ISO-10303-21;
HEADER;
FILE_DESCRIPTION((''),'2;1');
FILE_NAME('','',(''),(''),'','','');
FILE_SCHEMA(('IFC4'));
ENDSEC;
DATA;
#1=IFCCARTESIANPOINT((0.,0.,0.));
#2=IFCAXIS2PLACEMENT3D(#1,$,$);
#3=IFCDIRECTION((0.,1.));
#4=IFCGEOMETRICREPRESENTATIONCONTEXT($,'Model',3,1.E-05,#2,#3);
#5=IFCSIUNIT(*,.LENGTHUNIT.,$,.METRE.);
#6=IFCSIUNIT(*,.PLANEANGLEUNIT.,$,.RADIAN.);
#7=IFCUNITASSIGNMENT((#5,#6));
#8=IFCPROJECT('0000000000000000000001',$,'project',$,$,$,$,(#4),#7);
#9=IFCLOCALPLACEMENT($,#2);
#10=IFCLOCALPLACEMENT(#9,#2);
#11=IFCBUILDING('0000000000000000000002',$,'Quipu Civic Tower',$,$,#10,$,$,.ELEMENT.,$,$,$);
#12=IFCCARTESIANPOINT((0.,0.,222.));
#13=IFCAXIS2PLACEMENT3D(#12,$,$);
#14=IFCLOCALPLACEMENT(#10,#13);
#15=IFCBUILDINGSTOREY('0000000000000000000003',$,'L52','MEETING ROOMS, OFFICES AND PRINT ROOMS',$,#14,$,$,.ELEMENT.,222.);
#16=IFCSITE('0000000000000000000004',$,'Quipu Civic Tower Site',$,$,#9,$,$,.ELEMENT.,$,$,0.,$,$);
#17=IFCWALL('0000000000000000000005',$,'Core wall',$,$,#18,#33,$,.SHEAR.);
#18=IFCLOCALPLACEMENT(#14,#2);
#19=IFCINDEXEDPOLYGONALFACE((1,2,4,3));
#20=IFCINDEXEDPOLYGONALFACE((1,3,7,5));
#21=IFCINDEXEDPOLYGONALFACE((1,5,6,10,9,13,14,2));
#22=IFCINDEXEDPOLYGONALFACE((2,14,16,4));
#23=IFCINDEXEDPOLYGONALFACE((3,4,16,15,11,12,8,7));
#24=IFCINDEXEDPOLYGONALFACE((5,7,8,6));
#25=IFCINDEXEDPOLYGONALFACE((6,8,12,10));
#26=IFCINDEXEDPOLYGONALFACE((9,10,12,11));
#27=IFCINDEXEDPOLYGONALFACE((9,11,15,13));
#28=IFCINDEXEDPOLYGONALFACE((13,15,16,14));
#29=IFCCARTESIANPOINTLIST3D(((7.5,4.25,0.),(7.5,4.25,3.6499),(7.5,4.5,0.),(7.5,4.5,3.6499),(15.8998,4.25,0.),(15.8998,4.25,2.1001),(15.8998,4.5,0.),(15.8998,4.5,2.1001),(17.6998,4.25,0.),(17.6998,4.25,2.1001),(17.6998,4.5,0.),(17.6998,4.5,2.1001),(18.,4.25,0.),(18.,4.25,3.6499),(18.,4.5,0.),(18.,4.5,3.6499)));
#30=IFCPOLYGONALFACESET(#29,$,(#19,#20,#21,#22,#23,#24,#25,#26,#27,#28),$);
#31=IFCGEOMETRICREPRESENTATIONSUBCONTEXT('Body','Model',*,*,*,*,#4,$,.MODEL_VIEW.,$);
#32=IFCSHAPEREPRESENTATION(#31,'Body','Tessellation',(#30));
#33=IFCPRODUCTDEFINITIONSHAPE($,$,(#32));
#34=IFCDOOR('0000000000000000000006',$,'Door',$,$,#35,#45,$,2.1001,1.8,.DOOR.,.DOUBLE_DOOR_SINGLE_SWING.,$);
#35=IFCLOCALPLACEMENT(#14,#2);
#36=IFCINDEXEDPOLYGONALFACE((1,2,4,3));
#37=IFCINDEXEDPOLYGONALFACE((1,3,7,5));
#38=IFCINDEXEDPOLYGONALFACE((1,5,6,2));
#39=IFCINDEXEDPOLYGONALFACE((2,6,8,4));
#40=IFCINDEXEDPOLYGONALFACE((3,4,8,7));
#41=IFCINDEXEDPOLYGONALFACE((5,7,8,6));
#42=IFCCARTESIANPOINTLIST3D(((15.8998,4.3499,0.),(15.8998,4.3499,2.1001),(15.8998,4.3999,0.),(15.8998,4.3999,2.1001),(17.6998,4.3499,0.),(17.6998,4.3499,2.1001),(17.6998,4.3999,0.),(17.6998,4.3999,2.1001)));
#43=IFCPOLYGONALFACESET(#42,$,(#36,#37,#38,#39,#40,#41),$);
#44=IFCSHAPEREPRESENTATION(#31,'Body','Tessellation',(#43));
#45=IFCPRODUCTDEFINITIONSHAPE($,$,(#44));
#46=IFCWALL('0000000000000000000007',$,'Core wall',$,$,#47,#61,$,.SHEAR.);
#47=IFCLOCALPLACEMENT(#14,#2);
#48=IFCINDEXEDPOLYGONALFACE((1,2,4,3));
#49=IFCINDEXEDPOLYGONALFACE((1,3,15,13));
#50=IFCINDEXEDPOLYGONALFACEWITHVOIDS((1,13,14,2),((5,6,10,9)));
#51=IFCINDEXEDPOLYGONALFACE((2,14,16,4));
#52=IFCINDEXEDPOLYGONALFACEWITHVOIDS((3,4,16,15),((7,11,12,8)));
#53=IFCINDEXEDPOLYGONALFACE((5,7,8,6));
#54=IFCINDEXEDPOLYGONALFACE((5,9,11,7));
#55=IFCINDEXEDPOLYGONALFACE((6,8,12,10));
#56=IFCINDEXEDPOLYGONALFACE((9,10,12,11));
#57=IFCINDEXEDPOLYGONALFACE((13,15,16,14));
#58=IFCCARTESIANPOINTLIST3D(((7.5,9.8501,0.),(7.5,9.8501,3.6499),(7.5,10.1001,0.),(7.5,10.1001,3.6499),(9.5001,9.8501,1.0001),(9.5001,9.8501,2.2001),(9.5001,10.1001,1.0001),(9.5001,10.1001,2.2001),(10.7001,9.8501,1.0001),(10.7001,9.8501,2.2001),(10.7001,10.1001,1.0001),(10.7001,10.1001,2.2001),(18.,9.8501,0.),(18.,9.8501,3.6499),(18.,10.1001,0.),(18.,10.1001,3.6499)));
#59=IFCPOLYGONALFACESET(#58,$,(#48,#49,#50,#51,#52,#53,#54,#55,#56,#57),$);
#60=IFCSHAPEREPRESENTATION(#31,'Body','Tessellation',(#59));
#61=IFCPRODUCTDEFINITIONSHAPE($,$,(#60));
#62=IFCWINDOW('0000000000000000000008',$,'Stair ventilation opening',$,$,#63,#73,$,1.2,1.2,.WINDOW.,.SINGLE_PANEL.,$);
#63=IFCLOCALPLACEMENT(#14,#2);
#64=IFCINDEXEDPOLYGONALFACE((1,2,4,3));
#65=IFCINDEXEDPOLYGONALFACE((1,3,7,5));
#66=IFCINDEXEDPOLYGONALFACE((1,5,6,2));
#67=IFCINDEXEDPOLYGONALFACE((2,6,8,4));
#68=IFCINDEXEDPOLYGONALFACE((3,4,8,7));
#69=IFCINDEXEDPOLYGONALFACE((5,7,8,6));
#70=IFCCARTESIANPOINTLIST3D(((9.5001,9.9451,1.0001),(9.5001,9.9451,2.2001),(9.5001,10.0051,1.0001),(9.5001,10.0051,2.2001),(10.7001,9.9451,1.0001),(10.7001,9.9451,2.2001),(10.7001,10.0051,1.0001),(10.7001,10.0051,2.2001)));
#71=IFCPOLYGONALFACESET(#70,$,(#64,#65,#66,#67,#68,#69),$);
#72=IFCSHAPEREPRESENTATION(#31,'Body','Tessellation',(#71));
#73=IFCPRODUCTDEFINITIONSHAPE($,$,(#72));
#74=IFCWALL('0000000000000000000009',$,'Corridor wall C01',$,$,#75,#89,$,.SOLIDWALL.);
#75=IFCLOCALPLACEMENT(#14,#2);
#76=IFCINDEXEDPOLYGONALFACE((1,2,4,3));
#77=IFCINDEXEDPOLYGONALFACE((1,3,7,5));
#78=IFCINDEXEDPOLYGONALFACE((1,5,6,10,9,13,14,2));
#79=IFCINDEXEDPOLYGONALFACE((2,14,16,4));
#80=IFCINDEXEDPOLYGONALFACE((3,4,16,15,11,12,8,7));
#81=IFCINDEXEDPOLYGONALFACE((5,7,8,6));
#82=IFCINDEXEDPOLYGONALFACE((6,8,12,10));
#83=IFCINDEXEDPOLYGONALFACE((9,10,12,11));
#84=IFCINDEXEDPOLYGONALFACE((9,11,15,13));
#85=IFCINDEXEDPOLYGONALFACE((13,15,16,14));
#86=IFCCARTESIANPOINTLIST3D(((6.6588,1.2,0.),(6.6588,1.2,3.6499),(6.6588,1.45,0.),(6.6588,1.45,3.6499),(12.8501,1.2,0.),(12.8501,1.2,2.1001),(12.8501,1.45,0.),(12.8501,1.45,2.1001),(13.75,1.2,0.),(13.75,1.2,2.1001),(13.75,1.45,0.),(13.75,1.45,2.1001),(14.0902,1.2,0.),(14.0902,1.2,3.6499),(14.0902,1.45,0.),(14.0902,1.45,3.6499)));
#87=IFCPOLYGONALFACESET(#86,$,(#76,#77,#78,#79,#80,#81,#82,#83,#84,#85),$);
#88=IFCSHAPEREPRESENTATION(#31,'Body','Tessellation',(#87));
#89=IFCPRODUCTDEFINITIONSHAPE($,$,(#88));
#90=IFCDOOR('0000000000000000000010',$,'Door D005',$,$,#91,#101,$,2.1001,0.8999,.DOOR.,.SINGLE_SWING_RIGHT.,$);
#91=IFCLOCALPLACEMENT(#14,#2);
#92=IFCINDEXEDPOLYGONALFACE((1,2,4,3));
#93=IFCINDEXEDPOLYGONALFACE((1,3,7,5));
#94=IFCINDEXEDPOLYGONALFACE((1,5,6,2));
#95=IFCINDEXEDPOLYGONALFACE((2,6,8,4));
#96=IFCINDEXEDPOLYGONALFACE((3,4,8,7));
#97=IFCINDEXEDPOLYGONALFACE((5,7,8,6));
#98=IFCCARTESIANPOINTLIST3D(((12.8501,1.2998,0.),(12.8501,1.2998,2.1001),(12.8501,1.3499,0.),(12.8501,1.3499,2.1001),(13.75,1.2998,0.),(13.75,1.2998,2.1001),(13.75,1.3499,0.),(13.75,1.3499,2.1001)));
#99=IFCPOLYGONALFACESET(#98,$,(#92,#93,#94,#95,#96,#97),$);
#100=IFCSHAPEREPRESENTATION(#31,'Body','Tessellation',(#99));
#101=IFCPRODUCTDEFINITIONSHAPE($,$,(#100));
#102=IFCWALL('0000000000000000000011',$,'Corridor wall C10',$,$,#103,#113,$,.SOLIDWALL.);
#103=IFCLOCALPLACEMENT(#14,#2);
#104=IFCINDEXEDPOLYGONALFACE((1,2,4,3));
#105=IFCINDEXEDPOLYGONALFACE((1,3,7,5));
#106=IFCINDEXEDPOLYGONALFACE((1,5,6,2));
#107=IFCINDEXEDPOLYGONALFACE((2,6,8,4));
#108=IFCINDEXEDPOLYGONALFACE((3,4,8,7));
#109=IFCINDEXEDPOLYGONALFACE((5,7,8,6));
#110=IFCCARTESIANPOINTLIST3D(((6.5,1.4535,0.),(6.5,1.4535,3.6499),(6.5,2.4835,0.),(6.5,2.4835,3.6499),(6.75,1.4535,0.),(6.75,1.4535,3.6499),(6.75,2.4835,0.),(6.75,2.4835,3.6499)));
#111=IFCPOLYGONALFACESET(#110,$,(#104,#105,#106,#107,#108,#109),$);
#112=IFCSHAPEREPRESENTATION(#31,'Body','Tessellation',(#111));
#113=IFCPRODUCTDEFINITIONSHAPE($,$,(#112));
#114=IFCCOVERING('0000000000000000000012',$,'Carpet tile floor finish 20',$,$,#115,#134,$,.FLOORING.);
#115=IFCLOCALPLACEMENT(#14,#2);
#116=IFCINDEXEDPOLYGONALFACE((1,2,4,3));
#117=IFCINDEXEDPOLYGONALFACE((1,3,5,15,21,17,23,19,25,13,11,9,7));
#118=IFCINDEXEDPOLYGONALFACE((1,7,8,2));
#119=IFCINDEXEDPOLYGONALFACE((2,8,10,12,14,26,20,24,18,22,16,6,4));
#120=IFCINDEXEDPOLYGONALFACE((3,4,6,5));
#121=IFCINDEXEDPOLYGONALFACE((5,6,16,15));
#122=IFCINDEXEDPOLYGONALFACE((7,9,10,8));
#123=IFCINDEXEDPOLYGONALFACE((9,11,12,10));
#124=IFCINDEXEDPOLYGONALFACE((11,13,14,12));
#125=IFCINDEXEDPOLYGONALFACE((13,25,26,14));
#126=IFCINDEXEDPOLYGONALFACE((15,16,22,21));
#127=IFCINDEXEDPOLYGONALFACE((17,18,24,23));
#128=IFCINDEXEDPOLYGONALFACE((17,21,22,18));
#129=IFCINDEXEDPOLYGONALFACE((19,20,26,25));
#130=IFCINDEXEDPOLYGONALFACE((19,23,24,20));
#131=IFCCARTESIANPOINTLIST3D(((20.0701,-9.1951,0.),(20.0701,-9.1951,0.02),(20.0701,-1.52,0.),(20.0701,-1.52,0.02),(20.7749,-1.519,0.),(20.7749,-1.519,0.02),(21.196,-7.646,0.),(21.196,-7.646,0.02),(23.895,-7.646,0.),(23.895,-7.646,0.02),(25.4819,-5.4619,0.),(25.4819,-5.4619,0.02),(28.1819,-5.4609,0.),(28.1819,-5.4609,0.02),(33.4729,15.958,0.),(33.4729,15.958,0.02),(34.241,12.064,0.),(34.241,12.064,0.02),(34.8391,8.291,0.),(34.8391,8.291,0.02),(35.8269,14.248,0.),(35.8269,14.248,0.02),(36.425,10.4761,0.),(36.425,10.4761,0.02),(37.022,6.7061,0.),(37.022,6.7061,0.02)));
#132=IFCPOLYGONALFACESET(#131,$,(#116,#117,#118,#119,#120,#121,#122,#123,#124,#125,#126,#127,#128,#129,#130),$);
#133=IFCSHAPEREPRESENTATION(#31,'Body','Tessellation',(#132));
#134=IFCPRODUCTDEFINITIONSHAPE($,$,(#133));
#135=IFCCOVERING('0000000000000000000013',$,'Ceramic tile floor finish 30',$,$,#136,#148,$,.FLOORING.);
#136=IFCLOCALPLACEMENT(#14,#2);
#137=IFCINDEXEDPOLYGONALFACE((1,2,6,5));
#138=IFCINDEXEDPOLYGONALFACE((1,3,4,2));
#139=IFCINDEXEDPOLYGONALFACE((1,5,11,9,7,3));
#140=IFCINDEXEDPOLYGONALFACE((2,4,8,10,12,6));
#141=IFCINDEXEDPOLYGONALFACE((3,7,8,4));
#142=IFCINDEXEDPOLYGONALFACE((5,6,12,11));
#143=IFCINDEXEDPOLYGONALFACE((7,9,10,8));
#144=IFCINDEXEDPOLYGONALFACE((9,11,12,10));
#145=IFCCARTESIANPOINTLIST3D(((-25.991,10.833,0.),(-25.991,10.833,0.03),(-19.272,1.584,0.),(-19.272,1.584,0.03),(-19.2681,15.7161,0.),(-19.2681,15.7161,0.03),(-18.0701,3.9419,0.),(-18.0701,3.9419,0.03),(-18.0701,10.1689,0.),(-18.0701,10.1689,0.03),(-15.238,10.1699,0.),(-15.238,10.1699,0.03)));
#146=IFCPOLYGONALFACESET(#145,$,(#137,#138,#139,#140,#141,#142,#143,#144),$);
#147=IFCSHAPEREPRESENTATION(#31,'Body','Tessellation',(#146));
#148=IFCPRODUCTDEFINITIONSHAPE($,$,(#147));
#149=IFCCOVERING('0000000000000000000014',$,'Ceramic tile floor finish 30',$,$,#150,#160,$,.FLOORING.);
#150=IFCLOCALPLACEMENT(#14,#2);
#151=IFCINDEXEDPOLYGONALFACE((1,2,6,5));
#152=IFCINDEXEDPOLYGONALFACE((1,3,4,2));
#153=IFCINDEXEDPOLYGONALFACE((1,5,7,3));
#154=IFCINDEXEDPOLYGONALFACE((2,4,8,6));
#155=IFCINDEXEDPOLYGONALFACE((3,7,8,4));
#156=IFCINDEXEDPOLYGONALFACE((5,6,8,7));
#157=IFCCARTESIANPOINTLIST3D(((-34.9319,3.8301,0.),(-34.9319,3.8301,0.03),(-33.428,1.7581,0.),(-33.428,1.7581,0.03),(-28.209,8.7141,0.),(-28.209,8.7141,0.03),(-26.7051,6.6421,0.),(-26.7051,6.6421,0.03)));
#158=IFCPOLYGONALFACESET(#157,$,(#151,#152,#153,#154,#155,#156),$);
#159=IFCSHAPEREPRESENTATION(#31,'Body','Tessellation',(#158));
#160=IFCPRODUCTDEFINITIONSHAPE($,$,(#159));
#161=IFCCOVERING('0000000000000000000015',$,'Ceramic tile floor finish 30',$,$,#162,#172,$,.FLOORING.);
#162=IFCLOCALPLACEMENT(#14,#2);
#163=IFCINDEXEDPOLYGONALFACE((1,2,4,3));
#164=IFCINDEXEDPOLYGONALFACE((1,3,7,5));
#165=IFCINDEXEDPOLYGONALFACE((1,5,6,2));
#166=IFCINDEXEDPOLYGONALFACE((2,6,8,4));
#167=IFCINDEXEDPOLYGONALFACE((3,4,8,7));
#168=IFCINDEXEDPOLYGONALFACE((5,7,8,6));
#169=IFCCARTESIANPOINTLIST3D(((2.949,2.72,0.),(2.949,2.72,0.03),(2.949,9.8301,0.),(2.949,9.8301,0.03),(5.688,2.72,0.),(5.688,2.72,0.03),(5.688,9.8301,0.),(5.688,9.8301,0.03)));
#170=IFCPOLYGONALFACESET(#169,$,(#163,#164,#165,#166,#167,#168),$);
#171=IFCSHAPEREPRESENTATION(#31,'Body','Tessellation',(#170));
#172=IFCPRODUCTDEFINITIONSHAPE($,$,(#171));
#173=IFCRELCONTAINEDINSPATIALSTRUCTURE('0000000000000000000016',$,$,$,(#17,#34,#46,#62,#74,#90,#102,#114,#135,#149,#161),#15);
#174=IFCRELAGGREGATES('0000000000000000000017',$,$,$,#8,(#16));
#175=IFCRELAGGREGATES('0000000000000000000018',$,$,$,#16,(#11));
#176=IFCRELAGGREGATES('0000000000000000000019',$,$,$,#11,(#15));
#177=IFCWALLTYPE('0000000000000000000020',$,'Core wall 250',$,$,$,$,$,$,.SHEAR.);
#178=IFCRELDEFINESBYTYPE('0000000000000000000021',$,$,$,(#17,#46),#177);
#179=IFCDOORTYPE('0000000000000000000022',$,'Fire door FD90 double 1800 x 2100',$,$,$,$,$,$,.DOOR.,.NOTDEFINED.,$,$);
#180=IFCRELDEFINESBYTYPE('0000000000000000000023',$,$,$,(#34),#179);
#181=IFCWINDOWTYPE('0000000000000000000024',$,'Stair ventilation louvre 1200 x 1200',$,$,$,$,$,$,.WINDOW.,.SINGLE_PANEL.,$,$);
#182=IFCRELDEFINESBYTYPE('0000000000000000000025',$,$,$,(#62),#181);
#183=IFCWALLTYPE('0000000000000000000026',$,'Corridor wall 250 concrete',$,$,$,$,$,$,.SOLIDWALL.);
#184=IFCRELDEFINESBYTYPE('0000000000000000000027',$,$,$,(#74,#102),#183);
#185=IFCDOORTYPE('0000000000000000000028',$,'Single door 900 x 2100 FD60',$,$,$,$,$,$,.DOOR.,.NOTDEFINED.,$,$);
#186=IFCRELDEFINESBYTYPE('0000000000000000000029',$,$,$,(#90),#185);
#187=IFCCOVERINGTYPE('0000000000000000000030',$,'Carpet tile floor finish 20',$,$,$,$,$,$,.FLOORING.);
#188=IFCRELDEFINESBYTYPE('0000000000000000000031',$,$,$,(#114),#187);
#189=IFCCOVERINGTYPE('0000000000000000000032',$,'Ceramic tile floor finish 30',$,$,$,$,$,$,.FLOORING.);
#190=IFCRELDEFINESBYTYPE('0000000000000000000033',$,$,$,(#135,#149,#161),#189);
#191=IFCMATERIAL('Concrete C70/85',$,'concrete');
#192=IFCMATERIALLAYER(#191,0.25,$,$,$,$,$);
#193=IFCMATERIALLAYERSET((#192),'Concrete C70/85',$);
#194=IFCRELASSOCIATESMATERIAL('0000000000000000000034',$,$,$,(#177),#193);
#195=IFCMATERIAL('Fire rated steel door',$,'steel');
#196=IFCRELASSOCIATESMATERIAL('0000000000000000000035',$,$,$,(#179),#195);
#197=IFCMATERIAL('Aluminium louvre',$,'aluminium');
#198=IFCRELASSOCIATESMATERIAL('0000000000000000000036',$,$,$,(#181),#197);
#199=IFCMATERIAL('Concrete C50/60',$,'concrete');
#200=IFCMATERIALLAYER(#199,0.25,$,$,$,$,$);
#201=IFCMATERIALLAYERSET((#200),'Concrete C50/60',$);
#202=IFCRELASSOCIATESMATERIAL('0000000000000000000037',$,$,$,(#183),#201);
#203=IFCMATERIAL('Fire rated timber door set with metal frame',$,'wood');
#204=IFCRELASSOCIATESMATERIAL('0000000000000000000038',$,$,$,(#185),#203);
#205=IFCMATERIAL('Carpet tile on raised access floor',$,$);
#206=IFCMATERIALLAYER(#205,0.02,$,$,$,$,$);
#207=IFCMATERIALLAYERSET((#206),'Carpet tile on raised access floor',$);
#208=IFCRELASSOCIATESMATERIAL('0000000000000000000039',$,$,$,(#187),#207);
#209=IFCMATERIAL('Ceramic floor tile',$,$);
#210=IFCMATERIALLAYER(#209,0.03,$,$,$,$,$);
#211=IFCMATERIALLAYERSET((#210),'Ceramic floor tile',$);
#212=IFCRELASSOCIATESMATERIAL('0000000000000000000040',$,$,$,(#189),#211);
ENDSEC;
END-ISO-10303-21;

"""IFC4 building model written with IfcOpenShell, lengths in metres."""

from ifc_helpers import new_model, si_unit, direction, frame, frame_2d, origin, place, context, subcontext, project, spatial, polyline, rectangle, outline, extrude, material, layer, layer_set, type_object, element, fill, save


model = new_model("IFC4")

# Units and contexts
model_context = context("Model", 3, precision=1e-05, world=origin(), true_north=direction((0.0, 1.0)))
body_context = subcontext(model_context, "Body", "Model", "MODEL_VIEW")
ifc_project = project(units=[si_unit("LENGTHUNIT", "METRE"), si_unit("PLANEANGLEUNIT", "RADIAN")], contexts=[model_context])

# Site, building, storey
site_placement = place(None, origin())
site = spatial("IfcSite", under=ifc_project, at=site_placement, Name="Quipu Civic Tower Site", CompositionType="ELEMENT", RefElevation=0.0)
building_placement = place(site_placement, origin())
building = spatial("IfcBuilding", under=site, at=building_placement, Name="Quipu Civic Tower", CompositionType="ELEMENT")
storey_placement = place(building_placement, frame((0.0, 0.0, 222.0)))
storey = spatial("IfcBuildingStorey", under=building, at=storey_placement, Name="L52", Description="MEETING ROOMS, OFFICES AND PRINT ROOMS", CompositionType="ELEMENT", Elevation=222.0)

# Wall, opening, door
ifc_material_1 = material(Name="Concrete C70/85", Category="concrete")
ifc_layer_1 = layer(ifc_material_1, 0.25)
ifc_layer_set_1 = layer_set([ifc_layer_1], Name="Concrete C70/85")
wall_type_1 = type_object("IfcWallType", Name="Core wall 250", PredefinedType="SHEAR", material=ifc_layer_set_1)
wall_1_placement = place(storey_placement, frame((7.5, 4.375, 0.0), z_axis=(0.0, 0.0, 1.0), x_axis=(1.0, 0.0, 0.0)))
wall_1 = element("IfcWall", 1, at=wall_1_placement, inside=storey, type_object=wall_type_1, Name="Core wall", PredefinedType="SHEAR", context=body_context, shape_type="SweptSolid", body=[
    extrude(rectangle(XDim=10.5, YDim=0.25, at=frame_2d((5.25, 0.0))), origin(), (0.0, 0.0, 1.0), 3.6499),
])
opening_1_placement = place(wall_1_placement, frame((8.3999, 0.0, 0.0)))
opening_1 = element("IfcOpeningElement", 2, at=opening_1_placement, cuts=wall_1, PredefinedType="OPENING", context=body_context, shape_type="SweptSolid", body=[
    extrude(rectangle(XDim=1.8, YDim=2.1001, at=frame_2d((0.8999, 1.05))), frame((0.0, 0.135, 0.0), z_axis=(0.0, -1.0, 0.0), x_axis=(1.0, 0.0, 0.0)), (0.0, 0.0, 1.0), 0.27),
])
ifc_material_2 = material(Name="Fire rated steel door", Category="steel")
door_type_1 = type_object("IfcDoorType", Name="Fire door FD90 double 1800 x 2100", OperationType="NOTDEFINED", PredefinedType="DOOR", material=ifc_material_2)
door_1_placement = place(opening_1_placement, origin())
door_1 = element("IfcDoor", 3, at=door_1_placement, inside=storey, type_object=door_type_1, Name="Door", OperationType="DOUBLE_DOOR_SINGLE_SWING", OverallHeight=2.1001, OverallWidth=1.8, PredefinedType="DOOR", context=body_context, shape_type="SweptSolid", body=[
    extrude(rectangle(XDim=1.8, YDim=2.1001, at=frame_2d((0.8999, 1.05))), frame((0.0, 0.0249, 0.0), z_axis=(0.0, -1.0, 0.0), x_axis=(1.0, 0.0, 0.0)), (0.0, 0.0, 1.0), 0.05),
])
fill(opening_1, door_1)

# Wall, opening, window
wall_2_placement = place(storey_placement, frame((7.5, 9.9751, 0.0), z_axis=(0.0, 0.0, 1.0), x_axis=(1.0, 0.0, 0.0)))
wall_2 = element("IfcWall", 4, at=wall_2_placement, inside=storey, type_object=wall_type_1, Name="Core wall", PredefinedType="SHEAR", context=body_context, shape_type="SweptSolid", body=[
    extrude(rectangle(XDim=10.5, YDim=0.25, at=frame_2d((5.25, 0.0))), origin(), (0.0, 0.0, 1.0), 3.6499),
])
opening_2_placement = place(wall_2_placement, frame((2.0, 0.0, 1.0)))
opening_2 = element("IfcOpeningElement", 5, at=opening_2_placement, cuts=wall_2, PredefinedType="OPENING", context=body_context, shape_type="SweptSolid", body=[
    extrude(rectangle(XDim=1.2, YDim=1.2, at=frame_2d((0.6001, 0.6001))), frame((0.0, 0.135, 0.0), z_axis=(0.0, -1.0, 0.0), x_axis=(1.0, 0.0, 0.0)), (0.0, 0.0, 1.0), 0.27),
])
ifc_material_3 = material(Name="Aluminium louvre", Category="aluminium")
window_type = type_object("IfcWindowType", Name="Stair ventilation louvre 1200 x 1200", PartitioningType="SINGLE_PANEL", PredefinedType="WINDOW", material=ifc_material_3)
window_placement = place(opening_2_placement, origin())
window = element("IfcWindow", 6, at=window_placement, inside=storey, type_object=window_type, Name="Stair ventilation opening", OverallHeight=1.2, OverallWidth=1.2, PartitioningType="SINGLE_PANEL", PredefinedType="WINDOW", context=body_context, shape_type="SweptSolid", body=[
    extrude(rectangle(XDim=1.2, YDim=1.2, at=frame_2d((0.6001, 0.6001))), frame((0.0, 0.03, 0.0), z_axis=(0.0, -1.0, 0.0), x_axis=(1.0, 0.0, 0.0)), (0.0, 0.0, 1.0), 0.0601),
])
fill(opening_2, window)

# Wall, opening, door
ifc_material_4 = material(Name="Concrete C50/60", Category="concrete")
ifc_layer_2 = layer(ifc_material_4, 0.25)
ifc_layer_set_2 = layer_set([ifc_layer_2], Name="Concrete C50/60")
wall_type_2 = type_object("IfcWallType", Name="Corridor wall 250 concrete", PredefinedType="SOLIDWALL", material=ifc_layer_set_2)
wall_3_placement = place(storey_placement, frame((6.6587, 1.325, 0.0), z_axis=(0.0, 0.0, 1.0), x_axis=(1.0, 0.0, 0.0)))
wall_3 = element("IfcWall", 7, at=wall_3_placement, inside=storey, type_object=wall_type_2, Name="Corridor wall C01", PredefinedType="SOLIDWALL", context=body_context, shape_type="SweptSolid", body=[
    extrude(rectangle(XDim=7.4314, YDim=0.25, at=frame_2d((3.7158, 0.0))), origin(), (0.0, 0.0, 1.0), 3.6499),
])
opening_3_placement = place(wall_3_placement, frame((6.1914, 0.0, 0.0)))
opening_3 = element("IfcOpeningElement", 8, at=opening_3_placement, cuts=wall_3, PredefinedType="OPENING", context=body_context, shape_type="SweptSolid", body=[
    extrude(rectangle(XDim=0.8999, YDim=2.1001, at=frame_2d((0.45, 1.05))), frame((0.0, 0.135, 0.0), z_axis=(0.0, -1.0, 0.0), x_axis=(1.0, 0.0, 0.0)), (0.0, 0.0, 1.0), 0.27),
])
ifc_material_5 = material(Name="Fire rated timber door set with metal frame", Category="wood")
door_type_2 = type_object("IfcDoorType", Name="Single door 900 x 2100 FD60", OperationType="NOTDEFINED", PredefinedType="DOOR", material=ifc_material_5)
door_2_placement = place(opening_3_placement, origin())
door_2 = element("IfcDoor", 9, at=door_2_placement, inside=storey, type_object=door_type_2, Name="Door D005", OperationType="SINGLE_SWING_RIGHT", OverallHeight=2.1001, OverallWidth=0.8999, PredefinedType="DOOR", context=body_context, shape_type="SweptSolid", body=[
    extrude(rectangle(XDim=0.8999, YDim=2.1001, at=frame_2d((0.45, 1.05))), frame((0.0, 0.0249, 0.0), z_axis=(0.0, -1.0, 0.0), x_axis=(1.0, 0.0, 0.0)), (0.0, 0.0, 1.0), 0.05),
])
fill(opening_3, door_2)

# Wall
wall_4_placement = place(storey_placement, frame((6.625, 2.4836, 0.0), z_axis=(0.0, 0.0, 1.0), x_axis=(0.0, -1.0, 0.0)))
element("IfcWall", 10, at=wall_4_placement, inside=storey, type_object=wall_type_2, Name="Corridor wall C10", PredefinedType="SOLIDWALL", context=body_context, shape_type="SweptSolid", body=[
    extrude(rectangle(XDim=1.03, YDim=0.25, at=frame_2d((0.5151, 0.0))), origin(), (0.0, 0.0, 1.0), 3.6499),
])

# Coverings
ifc_material_6 = material(Name="Carpet tile on raised access floor")
ifc_layer_3 = layer(ifc_material_6, 0.02)
ifc_layer_set_3 = layer_set([ifc_layer_3], Name="Carpet tile on raised access floor")
covering_type_1 = type_object("IfcCoveringType", Name="Carpet tile floor finish 20", PredefinedType="FLOORING", material=ifc_layer_set_3)
covering_1_placement = place(storey_placement, origin())
element("IfcCovering", 11, at=covering_1_placement, inside=storey, type_object=covering_type_1, Name="Carpet tile floor finish 20", PredefinedType="FLOORING", context=body_context, shape_type="SweptSolid", body=[
    extrude(outline(polyline([(20.0701, -9.1951), (20.0701, -1.52), (20.7749, -1.519), (33.4729, 15.958), (35.8269, 14.248), (34.241, 12.064), (36.425, 10.4761), (34.8391, 8.291), (37.022, 6.7061), (28.1819, -5.4609), (25.4819, -5.4619), (23.895, -7.646), (21.196, -7.646), (20.0701, -9.1951)])), origin(), (0.0, 0.0, 1.0), 0.02),
])
ifc_material_7 = material(Name="Ceramic floor tile")
ifc_layer_4 = layer(ifc_material_7, 0.03)
ifc_layer_set_4 = layer_set([ifc_layer_4], Name="Ceramic floor tile")
covering_type_2 = type_object("IfcCoveringType", Name="Ceramic tile floor finish 30", PredefinedType="FLOORING", material=ifc_layer_set_4)
covering_2_placement = place(storey_placement, origin())
element("IfcCovering", 12, at=covering_2_placement, inside=storey, type_object=covering_type_2, Name="Ceramic tile floor finish 30", PredefinedType="FLOORING", context=body_context, shape_type="SweptSolid", body=[
    extrude(outline(polyline([(-25.991, 10.833), (-19.2681, 15.7161), (-15.238, 10.1699), (-18.0701, 10.1689), (-18.0701, 3.9419), (-19.272, 1.584), (-25.991, 10.833)])), origin(), (0.0, 0.0, 1.0), 0.03),
])
covering_3_placement = place(storey_placement, origin())
element("IfcCovering", 13, at=covering_3_placement, inside=storey, type_object=covering_type_2, Name="Ceramic tile floor finish 30", PredefinedType="FLOORING", context=body_context, shape_type="SweptSolid", body=[
    extrude(outline(polyline([(-34.9319, 3.8301), (-28.209, 8.7141), (-26.7051, 6.6421), (-33.428, 1.7581), (-34.9319, 3.8301)])), origin(), (0.0, 0.0, 1.0), 0.03),
])
covering_4_placement = place(storey_placement, origin())
element("IfcCovering", 14, at=covering_4_placement, inside=storey, type_object=covering_type_2, Name="Ceramic tile floor finish 30", PredefinedType="FLOORING", context=body_context, shape_type="SweptSolid", body=[
    extrude(outline(polyline([(2.949, 2.72), (2.949, 9.8301), (5.688, 9.8301), (5.688, 2.72), (2.949, 2.72)])), origin(), (0.0, 0.0, 1.0), 0.03),
])

save(model, "model.ifc")
